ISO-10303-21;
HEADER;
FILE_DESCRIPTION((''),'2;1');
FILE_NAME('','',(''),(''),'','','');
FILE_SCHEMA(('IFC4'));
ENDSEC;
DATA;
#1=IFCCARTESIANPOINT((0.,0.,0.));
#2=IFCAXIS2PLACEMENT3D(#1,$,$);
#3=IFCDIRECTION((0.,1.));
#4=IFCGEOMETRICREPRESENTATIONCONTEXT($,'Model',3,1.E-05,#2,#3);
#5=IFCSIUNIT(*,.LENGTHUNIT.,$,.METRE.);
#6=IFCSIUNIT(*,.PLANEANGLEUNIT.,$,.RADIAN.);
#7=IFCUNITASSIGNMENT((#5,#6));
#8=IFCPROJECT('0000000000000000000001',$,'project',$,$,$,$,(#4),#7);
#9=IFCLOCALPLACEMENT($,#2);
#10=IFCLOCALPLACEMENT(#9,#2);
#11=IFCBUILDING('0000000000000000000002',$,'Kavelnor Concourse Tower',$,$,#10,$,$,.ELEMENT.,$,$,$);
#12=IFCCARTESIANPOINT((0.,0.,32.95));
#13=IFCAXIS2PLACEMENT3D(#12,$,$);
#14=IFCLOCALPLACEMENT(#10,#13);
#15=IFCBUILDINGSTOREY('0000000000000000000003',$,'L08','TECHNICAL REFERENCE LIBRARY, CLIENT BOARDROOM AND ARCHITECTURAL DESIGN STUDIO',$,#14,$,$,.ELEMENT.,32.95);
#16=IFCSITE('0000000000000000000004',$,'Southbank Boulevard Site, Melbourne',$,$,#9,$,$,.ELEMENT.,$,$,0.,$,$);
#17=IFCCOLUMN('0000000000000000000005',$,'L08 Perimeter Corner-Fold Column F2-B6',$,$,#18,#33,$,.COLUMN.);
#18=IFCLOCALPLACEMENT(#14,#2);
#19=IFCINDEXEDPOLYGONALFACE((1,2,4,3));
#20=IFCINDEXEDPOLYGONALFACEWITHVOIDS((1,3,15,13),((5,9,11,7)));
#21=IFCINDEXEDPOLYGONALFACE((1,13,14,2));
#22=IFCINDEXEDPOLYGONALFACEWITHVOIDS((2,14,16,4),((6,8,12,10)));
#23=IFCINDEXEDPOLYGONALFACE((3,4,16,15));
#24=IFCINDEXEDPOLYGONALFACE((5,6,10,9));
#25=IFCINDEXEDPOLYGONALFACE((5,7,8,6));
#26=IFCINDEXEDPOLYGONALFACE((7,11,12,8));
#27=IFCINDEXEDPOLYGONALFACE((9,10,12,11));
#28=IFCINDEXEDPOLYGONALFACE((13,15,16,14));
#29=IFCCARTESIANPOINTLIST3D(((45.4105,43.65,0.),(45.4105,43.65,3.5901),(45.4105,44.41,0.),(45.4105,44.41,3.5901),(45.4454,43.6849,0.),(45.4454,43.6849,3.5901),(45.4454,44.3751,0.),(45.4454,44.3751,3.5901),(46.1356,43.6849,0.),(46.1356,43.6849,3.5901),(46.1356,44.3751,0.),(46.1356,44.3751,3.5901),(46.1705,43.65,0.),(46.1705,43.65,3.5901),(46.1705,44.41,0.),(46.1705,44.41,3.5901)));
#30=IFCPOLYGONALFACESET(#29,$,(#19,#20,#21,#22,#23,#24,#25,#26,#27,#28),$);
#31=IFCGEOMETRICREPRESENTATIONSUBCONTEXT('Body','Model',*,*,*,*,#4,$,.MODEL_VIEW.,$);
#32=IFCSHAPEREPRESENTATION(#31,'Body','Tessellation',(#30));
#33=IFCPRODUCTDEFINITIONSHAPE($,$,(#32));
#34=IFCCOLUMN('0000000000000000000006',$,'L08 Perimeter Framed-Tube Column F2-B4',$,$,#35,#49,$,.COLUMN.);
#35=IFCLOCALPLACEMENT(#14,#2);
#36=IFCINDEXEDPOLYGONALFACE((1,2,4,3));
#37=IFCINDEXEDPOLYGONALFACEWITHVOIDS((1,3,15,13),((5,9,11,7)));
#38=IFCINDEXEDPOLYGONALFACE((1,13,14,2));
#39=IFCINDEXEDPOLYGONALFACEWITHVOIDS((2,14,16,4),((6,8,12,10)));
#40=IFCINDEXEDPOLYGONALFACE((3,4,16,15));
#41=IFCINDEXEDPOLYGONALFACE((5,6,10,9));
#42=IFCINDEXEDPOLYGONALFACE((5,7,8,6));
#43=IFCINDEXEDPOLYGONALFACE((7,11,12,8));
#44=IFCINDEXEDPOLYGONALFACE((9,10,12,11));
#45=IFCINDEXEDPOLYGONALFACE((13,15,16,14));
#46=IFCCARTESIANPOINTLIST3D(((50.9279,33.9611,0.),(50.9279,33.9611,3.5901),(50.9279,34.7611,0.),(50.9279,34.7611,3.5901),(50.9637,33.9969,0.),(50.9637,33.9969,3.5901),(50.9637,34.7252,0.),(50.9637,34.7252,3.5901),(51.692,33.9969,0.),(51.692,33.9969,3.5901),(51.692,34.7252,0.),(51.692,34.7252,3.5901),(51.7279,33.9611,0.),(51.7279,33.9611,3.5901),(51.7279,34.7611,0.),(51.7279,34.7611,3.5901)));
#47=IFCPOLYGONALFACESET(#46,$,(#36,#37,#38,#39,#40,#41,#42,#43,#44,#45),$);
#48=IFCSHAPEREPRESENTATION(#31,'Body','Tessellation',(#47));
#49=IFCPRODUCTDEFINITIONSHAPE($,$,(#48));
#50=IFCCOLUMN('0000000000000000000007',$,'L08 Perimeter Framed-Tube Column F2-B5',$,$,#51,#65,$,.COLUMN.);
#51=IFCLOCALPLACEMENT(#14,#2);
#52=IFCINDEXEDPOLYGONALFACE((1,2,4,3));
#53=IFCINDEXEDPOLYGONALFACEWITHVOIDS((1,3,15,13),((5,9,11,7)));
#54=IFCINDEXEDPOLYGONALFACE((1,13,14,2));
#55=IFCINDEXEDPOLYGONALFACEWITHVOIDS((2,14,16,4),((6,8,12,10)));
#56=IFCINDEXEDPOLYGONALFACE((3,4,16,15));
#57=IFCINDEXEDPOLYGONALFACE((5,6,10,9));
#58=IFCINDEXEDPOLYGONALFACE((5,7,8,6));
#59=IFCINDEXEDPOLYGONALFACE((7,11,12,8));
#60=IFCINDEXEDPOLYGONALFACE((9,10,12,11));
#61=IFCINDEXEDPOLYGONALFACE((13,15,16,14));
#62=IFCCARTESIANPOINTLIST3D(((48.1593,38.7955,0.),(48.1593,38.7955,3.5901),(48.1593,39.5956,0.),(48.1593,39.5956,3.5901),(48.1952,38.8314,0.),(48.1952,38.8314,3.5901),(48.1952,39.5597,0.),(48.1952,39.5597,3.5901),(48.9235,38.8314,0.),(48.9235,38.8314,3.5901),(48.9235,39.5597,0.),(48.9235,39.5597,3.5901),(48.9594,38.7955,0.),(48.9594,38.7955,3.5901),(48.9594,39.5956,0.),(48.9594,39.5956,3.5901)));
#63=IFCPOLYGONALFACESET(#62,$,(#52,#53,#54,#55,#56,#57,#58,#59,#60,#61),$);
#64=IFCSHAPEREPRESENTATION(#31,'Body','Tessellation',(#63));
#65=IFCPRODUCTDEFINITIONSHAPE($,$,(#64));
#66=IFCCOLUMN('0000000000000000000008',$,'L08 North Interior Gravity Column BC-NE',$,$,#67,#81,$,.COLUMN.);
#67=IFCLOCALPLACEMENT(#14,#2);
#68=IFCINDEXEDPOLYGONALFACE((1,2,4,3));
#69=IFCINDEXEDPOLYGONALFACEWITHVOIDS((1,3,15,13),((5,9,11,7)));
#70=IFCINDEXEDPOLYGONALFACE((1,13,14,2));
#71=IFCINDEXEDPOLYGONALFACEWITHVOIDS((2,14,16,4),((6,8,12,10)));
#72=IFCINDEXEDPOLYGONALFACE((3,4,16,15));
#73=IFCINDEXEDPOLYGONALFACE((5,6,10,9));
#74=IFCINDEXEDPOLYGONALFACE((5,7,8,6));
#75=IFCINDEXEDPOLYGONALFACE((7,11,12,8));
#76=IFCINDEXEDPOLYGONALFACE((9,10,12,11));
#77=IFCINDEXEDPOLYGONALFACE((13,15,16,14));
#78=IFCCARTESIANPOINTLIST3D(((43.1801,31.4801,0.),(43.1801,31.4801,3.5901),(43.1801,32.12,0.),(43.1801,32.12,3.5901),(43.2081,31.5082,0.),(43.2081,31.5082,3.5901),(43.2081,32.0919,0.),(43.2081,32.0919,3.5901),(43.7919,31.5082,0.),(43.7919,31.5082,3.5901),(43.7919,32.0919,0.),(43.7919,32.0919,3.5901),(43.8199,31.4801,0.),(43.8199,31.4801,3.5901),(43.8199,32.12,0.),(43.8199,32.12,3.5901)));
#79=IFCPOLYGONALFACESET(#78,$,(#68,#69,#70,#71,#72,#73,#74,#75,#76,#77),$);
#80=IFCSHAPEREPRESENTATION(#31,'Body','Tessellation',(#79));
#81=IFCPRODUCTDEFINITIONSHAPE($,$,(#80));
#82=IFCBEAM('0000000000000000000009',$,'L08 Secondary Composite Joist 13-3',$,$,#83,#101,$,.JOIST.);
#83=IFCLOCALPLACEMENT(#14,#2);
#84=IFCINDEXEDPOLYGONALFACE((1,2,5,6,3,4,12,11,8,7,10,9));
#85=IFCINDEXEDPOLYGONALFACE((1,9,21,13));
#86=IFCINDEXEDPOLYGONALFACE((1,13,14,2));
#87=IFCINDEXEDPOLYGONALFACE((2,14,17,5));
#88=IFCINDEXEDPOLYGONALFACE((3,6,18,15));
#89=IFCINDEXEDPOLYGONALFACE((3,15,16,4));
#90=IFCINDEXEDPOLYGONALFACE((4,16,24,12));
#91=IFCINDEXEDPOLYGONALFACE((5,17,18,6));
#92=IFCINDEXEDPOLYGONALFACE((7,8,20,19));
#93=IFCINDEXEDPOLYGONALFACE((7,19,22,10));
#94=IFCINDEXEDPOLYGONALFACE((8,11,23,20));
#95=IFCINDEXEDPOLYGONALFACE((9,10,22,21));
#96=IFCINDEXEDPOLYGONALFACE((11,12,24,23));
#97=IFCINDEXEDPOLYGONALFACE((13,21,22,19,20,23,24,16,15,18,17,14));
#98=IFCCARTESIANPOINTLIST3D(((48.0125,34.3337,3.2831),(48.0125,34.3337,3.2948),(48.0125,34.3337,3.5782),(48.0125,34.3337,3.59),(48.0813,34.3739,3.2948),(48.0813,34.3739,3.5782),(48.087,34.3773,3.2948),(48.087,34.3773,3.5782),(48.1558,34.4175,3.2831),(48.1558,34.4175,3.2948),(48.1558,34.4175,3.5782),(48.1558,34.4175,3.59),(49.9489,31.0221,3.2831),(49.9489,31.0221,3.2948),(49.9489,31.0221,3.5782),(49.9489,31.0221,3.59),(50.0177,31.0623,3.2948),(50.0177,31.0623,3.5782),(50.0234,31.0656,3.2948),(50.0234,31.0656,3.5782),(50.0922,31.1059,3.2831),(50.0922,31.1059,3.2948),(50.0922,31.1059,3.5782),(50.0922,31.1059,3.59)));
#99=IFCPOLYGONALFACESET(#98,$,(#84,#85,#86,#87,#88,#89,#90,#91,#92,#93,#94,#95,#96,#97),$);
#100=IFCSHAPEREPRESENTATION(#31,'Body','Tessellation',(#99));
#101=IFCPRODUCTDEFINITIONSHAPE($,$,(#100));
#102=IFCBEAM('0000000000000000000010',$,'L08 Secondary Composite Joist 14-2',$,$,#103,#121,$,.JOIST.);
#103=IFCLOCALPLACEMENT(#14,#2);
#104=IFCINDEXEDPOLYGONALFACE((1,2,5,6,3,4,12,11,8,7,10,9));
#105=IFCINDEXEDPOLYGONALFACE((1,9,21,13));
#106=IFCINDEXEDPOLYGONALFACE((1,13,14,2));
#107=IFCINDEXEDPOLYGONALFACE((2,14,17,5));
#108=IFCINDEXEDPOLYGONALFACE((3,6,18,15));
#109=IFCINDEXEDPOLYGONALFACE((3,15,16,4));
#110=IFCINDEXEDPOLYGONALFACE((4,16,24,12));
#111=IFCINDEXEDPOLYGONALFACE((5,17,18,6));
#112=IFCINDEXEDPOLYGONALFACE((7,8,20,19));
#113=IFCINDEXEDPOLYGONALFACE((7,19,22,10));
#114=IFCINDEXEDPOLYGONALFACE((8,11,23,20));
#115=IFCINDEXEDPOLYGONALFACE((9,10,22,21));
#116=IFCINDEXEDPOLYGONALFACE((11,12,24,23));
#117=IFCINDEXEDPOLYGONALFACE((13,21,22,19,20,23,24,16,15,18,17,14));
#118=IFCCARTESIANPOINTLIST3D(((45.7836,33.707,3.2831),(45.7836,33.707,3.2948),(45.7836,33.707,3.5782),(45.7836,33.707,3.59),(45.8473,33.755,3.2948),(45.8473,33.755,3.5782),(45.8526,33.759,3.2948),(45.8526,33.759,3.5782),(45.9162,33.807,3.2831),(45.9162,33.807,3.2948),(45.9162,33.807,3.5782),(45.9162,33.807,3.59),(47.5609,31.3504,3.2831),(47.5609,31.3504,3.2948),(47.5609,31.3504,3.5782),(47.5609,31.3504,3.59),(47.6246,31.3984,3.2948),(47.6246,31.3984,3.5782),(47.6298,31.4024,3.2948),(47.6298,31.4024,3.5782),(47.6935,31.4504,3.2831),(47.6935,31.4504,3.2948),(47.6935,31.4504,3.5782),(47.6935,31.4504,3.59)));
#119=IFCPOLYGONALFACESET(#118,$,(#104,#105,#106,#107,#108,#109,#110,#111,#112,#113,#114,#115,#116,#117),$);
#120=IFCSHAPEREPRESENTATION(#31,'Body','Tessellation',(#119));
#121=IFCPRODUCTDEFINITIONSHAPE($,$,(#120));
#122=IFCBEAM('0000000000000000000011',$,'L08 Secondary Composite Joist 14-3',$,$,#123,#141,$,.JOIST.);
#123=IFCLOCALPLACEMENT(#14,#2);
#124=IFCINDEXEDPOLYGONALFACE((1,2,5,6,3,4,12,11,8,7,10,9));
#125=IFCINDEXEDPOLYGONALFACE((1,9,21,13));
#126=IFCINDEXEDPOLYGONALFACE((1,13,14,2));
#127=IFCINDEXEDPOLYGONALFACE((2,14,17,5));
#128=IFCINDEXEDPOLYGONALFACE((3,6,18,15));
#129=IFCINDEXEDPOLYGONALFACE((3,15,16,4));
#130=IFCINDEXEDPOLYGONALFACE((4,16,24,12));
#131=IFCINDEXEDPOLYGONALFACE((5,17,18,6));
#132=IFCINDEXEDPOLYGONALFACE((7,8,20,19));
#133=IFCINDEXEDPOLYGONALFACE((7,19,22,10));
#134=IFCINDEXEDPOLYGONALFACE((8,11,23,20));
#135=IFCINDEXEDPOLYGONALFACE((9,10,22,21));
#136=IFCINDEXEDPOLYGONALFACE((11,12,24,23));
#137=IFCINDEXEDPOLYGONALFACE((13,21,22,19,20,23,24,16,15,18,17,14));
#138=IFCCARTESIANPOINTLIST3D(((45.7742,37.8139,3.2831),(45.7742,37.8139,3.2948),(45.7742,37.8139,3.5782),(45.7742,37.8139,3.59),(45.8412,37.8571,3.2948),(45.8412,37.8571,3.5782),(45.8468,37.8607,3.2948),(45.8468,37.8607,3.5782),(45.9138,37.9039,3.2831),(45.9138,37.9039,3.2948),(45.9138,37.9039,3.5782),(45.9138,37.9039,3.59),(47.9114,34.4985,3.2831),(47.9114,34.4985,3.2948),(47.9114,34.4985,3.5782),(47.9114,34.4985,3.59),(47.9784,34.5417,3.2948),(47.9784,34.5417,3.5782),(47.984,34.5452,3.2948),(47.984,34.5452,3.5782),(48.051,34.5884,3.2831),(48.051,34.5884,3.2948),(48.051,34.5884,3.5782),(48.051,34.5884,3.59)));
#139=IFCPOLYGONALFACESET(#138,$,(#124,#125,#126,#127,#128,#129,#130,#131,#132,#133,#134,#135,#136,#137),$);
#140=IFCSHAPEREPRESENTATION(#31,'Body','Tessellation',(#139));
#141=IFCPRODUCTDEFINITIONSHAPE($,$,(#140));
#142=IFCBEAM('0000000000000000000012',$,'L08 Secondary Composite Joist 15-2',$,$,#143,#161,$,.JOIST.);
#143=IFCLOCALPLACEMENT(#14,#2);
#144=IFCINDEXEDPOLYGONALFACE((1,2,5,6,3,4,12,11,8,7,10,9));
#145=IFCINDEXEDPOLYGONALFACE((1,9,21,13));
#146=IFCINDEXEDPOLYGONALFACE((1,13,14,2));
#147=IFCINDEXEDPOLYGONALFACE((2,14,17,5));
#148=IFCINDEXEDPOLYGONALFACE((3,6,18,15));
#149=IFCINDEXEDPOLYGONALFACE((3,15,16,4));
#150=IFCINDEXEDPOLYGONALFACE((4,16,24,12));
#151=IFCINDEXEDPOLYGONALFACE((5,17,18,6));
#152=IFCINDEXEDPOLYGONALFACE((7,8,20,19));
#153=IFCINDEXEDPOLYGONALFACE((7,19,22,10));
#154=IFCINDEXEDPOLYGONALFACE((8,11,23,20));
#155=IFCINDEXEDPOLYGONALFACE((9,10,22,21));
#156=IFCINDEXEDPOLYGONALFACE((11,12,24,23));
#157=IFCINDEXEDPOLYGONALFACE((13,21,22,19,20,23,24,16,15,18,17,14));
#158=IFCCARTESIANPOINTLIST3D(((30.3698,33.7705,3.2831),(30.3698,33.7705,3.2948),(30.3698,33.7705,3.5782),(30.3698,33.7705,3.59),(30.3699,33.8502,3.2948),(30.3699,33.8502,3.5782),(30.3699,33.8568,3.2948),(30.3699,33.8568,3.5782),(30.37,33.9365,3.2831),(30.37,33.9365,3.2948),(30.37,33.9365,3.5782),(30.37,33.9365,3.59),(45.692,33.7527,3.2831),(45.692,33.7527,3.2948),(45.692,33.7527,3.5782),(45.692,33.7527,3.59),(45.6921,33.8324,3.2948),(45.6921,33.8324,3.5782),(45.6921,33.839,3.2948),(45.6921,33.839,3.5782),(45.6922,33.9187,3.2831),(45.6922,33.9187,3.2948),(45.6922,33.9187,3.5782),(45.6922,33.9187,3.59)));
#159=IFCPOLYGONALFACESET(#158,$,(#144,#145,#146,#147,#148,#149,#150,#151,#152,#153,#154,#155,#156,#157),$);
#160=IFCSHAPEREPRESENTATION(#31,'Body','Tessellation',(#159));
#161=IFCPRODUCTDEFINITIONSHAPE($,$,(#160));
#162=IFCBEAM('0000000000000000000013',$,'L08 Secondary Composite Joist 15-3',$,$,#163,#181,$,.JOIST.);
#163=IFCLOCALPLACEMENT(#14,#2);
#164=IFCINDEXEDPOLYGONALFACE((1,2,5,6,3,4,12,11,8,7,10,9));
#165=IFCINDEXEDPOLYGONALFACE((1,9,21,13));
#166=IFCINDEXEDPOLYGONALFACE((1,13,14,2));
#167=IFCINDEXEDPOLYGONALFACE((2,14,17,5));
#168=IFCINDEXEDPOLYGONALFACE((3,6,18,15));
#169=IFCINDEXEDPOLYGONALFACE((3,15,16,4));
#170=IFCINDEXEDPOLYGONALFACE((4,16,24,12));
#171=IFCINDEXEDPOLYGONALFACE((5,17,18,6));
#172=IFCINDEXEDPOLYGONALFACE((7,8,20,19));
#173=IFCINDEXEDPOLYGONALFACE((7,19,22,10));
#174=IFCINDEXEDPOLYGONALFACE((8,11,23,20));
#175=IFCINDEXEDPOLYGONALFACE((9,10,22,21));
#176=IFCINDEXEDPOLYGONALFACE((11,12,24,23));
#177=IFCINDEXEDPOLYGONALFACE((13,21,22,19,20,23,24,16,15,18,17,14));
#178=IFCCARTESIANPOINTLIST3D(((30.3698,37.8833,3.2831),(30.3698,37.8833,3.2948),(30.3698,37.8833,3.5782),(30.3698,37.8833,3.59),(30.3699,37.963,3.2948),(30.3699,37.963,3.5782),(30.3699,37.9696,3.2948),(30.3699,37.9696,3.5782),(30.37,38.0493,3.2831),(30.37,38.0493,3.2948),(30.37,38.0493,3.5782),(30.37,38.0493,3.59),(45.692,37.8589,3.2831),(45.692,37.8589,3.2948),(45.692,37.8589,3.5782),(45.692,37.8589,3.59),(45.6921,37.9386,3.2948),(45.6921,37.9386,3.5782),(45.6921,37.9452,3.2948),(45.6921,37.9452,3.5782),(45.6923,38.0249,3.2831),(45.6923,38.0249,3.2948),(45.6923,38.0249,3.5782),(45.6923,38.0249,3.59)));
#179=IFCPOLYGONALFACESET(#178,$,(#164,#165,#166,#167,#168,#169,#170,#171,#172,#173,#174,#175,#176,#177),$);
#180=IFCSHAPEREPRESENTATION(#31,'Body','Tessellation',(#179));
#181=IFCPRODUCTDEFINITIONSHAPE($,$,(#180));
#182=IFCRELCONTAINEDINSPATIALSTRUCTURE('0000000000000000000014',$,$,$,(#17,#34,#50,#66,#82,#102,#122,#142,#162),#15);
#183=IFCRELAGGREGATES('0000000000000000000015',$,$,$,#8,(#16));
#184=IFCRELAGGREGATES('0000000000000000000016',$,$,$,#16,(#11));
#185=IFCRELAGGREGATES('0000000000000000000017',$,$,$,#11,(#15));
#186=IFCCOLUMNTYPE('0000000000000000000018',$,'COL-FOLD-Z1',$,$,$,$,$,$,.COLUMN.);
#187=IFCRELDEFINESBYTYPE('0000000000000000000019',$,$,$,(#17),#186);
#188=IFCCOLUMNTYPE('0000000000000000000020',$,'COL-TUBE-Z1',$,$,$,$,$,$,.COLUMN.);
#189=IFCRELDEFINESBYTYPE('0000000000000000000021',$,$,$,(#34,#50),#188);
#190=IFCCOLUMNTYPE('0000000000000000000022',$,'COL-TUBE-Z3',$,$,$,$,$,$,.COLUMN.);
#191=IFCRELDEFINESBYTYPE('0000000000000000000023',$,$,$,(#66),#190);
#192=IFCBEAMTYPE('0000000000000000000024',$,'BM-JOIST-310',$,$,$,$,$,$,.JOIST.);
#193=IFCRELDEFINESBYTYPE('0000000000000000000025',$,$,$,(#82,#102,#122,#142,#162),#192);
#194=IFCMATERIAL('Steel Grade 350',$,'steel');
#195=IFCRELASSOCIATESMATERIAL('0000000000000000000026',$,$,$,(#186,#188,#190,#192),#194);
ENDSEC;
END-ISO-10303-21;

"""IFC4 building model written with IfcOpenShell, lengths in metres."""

from ifc_helpers import new_model, si_unit, direction, frame, origin, origin_2d, place, context, subcontext, project, spatial, hollow_rectangle, i_section, extrude, material, material_profile, profile_set, type_object, element, save


model = new_model("IFC4")

# Units and contexts
model_context = context("Model", 3, precision=1e-05, world=origin(), true_north=direction((0.0, 1.0)))
body_context = subcontext(model_context, "Body", "Model", "MODEL_VIEW")
ifc_project = project(units=[si_unit("LENGTHUNIT", "METRE"), si_unit("PLANEANGLEUNIT", "RADIAN")], contexts=[model_context])

# Site, building, storey
site_placement = place(None, origin())
site = spatial("IfcSite", under=ifc_project, at=site_placement, Name="Southbank Boulevard Site, Melbourne", CompositionType="ELEMENT", RefElevation=0.0)
building_placement = place(site_placement, origin())
building = spatial("IfcBuilding", under=site, at=building_placement, Name="Kavelnor Concourse Tower", CompositionType="ELEMENT")
storey_placement = place(building_placement, frame((0.0, 0.0, 32.95)))
storey = spatial("IfcBuildingStorey", under=building, at=storey_placement, Name="L08", Description="TECHNICAL REFERENCE LIBRARY, CLIENT BOARDROOM AND ARCHITECTURAL DESIGN STUDIO", CompositionType="ELEMENT", Elevation=32.95)

# Columns
ifc_material_1 = material(Name="Steel Grade 350", Category="steel")
ifc_material_profile_1 = material_profile(ifc_material_1, hollow_rectangle(XDim=0.76, YDim=0.76, WallThickness=0.0349, at=origin_2d()), Name="SHS 760x760x35")
ifc_profile_set_1 = profile_set([ifc_material_profile_1], Name="Steel Grade 350")
column_type_1 = type_object("IfcColumnType", Name="COL-FOLD-Z1", PredefinedType="COLUMN", material=ifc_profile_set_1)
column_1_placement = place(storey_placement, frame((45.7905, 44.03, 0.0), z_axis=(0.0, 0.0, 1.0), x_axis=(1.0, 0.0, 0.0)))
element("IfcColumn", 1, at=column_1_placement, inside=storey, type_object=column_type_1, Name="L08 Perimeter Corner-Fold Column F2-B6", PredefinedType="COLUMN", context=body_context, shape_type="SweptSolid", body=[
    extrude(hollow_rectangle(XDim=0.76, YDim=0.76, WallThickness=0.0349, at=origin_2d()), origin(), (0.0, 0.0, 1.0), 3.5901),
])
ifc_material_profile_2 = material_profile(ifc_material_1, hollow_rectangle(XDim=0.8, YDim=0.8, WallThickness=0.0359, at=origin_2d()), Name="SHS 800x800x36")
ifc_profile_set_2 = profile_set([ifc_material_profile_2], Name="Steel Grade 350")
column_type_2 = type_object("IfcColumnType", Name="COL-TUBE-Z1", PredefinedType="COLUMN", material=ifc_profile_set_2)
for number, where, z_axis, x_axis, name in (
    (2, (51.3279, 34.3611, 0.0), (0.0, 0.0, 1.0), (1.0, 0.0, 0.0), "L08 Perimeter Framed-Tube Column F2-B4"),
    (3, (48.5593, 39.1956, 0.0), (0.0, 0.0, 1.0), (1.0, 0.0, 0.0), "L08 Perimeter Framed-Tube Column F2-B5"),
):
    element("IfcColumn", number, at=place(storey_placement, frame(where, z_axis=z_axis, x_axis=x_axis)), inside=storey, type_object=column_type_2, Name=name, PredefinedType="COLUMN", context=body_context, shape_type="SweptSolid", body=[
        extrude(hollow_rectangle(XDim=0.8, YDim=0.8, WallThickness=0.0359, at=origin_2d()), origin(), (0.0, 0.0, 1.0), 3.5901),
    ])
ifc_material_profile_3 = material_profile(ifc_material_1, hollow_rectangle(XDim=0.6399, YDim=0.6399, WallThickness=0.0281, at=origin_2d()), Name="SHS 640x640x28")
ifc_profile_set_3 = profile_set([ifc_material_profile_3], Name="Steel Grade 350")
column_type_3 = type_object("IfcColumnType", Name="COL-TUBE-Z3", PredefinedType="COLUMN", material=ifc_profile_set_3)
column_2_placement = place(storey_placement, frame((43.5, 31.8, 0.0), z_axis=(0.0, 0.0, 1.0), x_axis=(1.0, 0.0, 0.0)))
element("IfcColumn", 4, at=column_2_placement, inside=storey, type_object=column_type_3, Name="L08 North Interior Gravity Column BC-NE", PredefinedType="COLUMN", context=body_context, shape_type="SweptSolid", body=[
    extrude(hollow_rectangle(XDim=0.6399, YDim=0.6399, WallThickness=0.0281, at=origin_2d()), origin(), (0.0, 0.0, 1.0), 3.5901),
])

# Beams
ifc_material_profile_4 = material_profile(ifc_material_1, i_section(OverallWidth=0.166, OverallDepth=0.3069, WebThickness=0.0066, FlangeThickness=0.0117, at=origin_2d()), Name="310UB46")
ifc_profile_set_4 = profile_set([ifc_material_profile_4], Name="Steel Grade 350")
beam_type_1 = type_object("IfcBeamType", Name="BM-JOIST-310", PredefinedType="JOIST", material=ifc_profile_set_4)
beam_1_placement = place(storey_placement, frame((50.0205, 31.064, 3.4365), z_axis=(-0.504757, 0.863261, 0.0), x_axis=(-0.863261, -0.504757, 0.0)))
element("IfcBeam", 5, at=beam_1_placement, inside=storey, type_object=beam_type_1, Name="L08 Secondary Composite Joist 13-3", PredefinedType="JOIST", context=body_context, shape_type="SweptSolid", body=[
    extrude(i_section(OverallWidth=0.166, OverallDepth=0.3069, WebThickness=0.0066, FlangeThickness=0.0117, at=origin_2d()), origin(), (0.0, 0.0, 1.0), 3.8362),
])
beam_2_placement = place(storey_placement, frame((47.6272, 31.4004, 3.4365), z_axis=(-0.602128, 0.798399, 0.0), x_axis=(-0.798399, -0.602128, 0.0)))
element("IfcBeam", 6, at=beam_2_placement, inside=storey, type_object=beam_type_1, Name="L08 Secondary Composite Joist 14-2", PredefinedType="JOIST", context=body_context, shape_type="SweptSolid", body=[
    extrude(i_section(OverallWidth=0.166, OverallDepth=0.3069, WebThickness=0.0066, FlangeThickness=0.0117, at=origin_2d()), origin(), (0.0, 0.0, 1.0), 2.9517),
])
beam_3_placement = place(storey_placement, frame((47.9812, 34.5435, 3.4365), z_axis=(-0.541808, 0.840502, 0.0), x_axis=(-0.840502, -0.541808, 0.0)))
element("IfcBeam", 7, at=beam_3_placement, inside=storey, type_object=beam_type_1, Name="L08 Secondary Composite Joist 14-3", PredefinedType="JOIST", context=body_context, shape_type="SweptSolid", body=[
    extrude(i_section(OverallWidth=0.166, OverallDepth=0.3069, WebThickness=0.0066, FlangeThickness=0.0117, at=origin_2d()), origin(), (0.0, 0.0, 1.0), 3.9446),
])
for number, where, z_axis, x_axis, name in (
    (8, (45.6921, 33.8357, 3.4365), (-0.999999, 0.001163, 0.0), (-0.001163, -0.999999, 0.0), "L08 Secondary Composite Joist 15-2"),
    (9, (45.6921, 37.9419, 3.4365), (-0.999999, 0.001593, 0.0), (-0.001593, -0.999999, 0.0), "L08 Secondary Composite Joist 15-3"),
):
    element("IfcBeam", number, at=place(storey_placement, frame(where, z_axis=z_axis, x_axis=x_axis)), inside=storey, type_object=beam_type_1, Name=name, PredefinedType="JOIST", context=body_context, shape_type="SweptSolid", body=[
        extrude(i_section(OverallWidth=0.166, OverallDepth=0.3069, WebThickness=0.0066, FlangeThickness=0.0117, at=origin_2d()), origin(), (0.0, 0.0, 1.0), 15.3223),
    ])

save(model, "model.ifc")
